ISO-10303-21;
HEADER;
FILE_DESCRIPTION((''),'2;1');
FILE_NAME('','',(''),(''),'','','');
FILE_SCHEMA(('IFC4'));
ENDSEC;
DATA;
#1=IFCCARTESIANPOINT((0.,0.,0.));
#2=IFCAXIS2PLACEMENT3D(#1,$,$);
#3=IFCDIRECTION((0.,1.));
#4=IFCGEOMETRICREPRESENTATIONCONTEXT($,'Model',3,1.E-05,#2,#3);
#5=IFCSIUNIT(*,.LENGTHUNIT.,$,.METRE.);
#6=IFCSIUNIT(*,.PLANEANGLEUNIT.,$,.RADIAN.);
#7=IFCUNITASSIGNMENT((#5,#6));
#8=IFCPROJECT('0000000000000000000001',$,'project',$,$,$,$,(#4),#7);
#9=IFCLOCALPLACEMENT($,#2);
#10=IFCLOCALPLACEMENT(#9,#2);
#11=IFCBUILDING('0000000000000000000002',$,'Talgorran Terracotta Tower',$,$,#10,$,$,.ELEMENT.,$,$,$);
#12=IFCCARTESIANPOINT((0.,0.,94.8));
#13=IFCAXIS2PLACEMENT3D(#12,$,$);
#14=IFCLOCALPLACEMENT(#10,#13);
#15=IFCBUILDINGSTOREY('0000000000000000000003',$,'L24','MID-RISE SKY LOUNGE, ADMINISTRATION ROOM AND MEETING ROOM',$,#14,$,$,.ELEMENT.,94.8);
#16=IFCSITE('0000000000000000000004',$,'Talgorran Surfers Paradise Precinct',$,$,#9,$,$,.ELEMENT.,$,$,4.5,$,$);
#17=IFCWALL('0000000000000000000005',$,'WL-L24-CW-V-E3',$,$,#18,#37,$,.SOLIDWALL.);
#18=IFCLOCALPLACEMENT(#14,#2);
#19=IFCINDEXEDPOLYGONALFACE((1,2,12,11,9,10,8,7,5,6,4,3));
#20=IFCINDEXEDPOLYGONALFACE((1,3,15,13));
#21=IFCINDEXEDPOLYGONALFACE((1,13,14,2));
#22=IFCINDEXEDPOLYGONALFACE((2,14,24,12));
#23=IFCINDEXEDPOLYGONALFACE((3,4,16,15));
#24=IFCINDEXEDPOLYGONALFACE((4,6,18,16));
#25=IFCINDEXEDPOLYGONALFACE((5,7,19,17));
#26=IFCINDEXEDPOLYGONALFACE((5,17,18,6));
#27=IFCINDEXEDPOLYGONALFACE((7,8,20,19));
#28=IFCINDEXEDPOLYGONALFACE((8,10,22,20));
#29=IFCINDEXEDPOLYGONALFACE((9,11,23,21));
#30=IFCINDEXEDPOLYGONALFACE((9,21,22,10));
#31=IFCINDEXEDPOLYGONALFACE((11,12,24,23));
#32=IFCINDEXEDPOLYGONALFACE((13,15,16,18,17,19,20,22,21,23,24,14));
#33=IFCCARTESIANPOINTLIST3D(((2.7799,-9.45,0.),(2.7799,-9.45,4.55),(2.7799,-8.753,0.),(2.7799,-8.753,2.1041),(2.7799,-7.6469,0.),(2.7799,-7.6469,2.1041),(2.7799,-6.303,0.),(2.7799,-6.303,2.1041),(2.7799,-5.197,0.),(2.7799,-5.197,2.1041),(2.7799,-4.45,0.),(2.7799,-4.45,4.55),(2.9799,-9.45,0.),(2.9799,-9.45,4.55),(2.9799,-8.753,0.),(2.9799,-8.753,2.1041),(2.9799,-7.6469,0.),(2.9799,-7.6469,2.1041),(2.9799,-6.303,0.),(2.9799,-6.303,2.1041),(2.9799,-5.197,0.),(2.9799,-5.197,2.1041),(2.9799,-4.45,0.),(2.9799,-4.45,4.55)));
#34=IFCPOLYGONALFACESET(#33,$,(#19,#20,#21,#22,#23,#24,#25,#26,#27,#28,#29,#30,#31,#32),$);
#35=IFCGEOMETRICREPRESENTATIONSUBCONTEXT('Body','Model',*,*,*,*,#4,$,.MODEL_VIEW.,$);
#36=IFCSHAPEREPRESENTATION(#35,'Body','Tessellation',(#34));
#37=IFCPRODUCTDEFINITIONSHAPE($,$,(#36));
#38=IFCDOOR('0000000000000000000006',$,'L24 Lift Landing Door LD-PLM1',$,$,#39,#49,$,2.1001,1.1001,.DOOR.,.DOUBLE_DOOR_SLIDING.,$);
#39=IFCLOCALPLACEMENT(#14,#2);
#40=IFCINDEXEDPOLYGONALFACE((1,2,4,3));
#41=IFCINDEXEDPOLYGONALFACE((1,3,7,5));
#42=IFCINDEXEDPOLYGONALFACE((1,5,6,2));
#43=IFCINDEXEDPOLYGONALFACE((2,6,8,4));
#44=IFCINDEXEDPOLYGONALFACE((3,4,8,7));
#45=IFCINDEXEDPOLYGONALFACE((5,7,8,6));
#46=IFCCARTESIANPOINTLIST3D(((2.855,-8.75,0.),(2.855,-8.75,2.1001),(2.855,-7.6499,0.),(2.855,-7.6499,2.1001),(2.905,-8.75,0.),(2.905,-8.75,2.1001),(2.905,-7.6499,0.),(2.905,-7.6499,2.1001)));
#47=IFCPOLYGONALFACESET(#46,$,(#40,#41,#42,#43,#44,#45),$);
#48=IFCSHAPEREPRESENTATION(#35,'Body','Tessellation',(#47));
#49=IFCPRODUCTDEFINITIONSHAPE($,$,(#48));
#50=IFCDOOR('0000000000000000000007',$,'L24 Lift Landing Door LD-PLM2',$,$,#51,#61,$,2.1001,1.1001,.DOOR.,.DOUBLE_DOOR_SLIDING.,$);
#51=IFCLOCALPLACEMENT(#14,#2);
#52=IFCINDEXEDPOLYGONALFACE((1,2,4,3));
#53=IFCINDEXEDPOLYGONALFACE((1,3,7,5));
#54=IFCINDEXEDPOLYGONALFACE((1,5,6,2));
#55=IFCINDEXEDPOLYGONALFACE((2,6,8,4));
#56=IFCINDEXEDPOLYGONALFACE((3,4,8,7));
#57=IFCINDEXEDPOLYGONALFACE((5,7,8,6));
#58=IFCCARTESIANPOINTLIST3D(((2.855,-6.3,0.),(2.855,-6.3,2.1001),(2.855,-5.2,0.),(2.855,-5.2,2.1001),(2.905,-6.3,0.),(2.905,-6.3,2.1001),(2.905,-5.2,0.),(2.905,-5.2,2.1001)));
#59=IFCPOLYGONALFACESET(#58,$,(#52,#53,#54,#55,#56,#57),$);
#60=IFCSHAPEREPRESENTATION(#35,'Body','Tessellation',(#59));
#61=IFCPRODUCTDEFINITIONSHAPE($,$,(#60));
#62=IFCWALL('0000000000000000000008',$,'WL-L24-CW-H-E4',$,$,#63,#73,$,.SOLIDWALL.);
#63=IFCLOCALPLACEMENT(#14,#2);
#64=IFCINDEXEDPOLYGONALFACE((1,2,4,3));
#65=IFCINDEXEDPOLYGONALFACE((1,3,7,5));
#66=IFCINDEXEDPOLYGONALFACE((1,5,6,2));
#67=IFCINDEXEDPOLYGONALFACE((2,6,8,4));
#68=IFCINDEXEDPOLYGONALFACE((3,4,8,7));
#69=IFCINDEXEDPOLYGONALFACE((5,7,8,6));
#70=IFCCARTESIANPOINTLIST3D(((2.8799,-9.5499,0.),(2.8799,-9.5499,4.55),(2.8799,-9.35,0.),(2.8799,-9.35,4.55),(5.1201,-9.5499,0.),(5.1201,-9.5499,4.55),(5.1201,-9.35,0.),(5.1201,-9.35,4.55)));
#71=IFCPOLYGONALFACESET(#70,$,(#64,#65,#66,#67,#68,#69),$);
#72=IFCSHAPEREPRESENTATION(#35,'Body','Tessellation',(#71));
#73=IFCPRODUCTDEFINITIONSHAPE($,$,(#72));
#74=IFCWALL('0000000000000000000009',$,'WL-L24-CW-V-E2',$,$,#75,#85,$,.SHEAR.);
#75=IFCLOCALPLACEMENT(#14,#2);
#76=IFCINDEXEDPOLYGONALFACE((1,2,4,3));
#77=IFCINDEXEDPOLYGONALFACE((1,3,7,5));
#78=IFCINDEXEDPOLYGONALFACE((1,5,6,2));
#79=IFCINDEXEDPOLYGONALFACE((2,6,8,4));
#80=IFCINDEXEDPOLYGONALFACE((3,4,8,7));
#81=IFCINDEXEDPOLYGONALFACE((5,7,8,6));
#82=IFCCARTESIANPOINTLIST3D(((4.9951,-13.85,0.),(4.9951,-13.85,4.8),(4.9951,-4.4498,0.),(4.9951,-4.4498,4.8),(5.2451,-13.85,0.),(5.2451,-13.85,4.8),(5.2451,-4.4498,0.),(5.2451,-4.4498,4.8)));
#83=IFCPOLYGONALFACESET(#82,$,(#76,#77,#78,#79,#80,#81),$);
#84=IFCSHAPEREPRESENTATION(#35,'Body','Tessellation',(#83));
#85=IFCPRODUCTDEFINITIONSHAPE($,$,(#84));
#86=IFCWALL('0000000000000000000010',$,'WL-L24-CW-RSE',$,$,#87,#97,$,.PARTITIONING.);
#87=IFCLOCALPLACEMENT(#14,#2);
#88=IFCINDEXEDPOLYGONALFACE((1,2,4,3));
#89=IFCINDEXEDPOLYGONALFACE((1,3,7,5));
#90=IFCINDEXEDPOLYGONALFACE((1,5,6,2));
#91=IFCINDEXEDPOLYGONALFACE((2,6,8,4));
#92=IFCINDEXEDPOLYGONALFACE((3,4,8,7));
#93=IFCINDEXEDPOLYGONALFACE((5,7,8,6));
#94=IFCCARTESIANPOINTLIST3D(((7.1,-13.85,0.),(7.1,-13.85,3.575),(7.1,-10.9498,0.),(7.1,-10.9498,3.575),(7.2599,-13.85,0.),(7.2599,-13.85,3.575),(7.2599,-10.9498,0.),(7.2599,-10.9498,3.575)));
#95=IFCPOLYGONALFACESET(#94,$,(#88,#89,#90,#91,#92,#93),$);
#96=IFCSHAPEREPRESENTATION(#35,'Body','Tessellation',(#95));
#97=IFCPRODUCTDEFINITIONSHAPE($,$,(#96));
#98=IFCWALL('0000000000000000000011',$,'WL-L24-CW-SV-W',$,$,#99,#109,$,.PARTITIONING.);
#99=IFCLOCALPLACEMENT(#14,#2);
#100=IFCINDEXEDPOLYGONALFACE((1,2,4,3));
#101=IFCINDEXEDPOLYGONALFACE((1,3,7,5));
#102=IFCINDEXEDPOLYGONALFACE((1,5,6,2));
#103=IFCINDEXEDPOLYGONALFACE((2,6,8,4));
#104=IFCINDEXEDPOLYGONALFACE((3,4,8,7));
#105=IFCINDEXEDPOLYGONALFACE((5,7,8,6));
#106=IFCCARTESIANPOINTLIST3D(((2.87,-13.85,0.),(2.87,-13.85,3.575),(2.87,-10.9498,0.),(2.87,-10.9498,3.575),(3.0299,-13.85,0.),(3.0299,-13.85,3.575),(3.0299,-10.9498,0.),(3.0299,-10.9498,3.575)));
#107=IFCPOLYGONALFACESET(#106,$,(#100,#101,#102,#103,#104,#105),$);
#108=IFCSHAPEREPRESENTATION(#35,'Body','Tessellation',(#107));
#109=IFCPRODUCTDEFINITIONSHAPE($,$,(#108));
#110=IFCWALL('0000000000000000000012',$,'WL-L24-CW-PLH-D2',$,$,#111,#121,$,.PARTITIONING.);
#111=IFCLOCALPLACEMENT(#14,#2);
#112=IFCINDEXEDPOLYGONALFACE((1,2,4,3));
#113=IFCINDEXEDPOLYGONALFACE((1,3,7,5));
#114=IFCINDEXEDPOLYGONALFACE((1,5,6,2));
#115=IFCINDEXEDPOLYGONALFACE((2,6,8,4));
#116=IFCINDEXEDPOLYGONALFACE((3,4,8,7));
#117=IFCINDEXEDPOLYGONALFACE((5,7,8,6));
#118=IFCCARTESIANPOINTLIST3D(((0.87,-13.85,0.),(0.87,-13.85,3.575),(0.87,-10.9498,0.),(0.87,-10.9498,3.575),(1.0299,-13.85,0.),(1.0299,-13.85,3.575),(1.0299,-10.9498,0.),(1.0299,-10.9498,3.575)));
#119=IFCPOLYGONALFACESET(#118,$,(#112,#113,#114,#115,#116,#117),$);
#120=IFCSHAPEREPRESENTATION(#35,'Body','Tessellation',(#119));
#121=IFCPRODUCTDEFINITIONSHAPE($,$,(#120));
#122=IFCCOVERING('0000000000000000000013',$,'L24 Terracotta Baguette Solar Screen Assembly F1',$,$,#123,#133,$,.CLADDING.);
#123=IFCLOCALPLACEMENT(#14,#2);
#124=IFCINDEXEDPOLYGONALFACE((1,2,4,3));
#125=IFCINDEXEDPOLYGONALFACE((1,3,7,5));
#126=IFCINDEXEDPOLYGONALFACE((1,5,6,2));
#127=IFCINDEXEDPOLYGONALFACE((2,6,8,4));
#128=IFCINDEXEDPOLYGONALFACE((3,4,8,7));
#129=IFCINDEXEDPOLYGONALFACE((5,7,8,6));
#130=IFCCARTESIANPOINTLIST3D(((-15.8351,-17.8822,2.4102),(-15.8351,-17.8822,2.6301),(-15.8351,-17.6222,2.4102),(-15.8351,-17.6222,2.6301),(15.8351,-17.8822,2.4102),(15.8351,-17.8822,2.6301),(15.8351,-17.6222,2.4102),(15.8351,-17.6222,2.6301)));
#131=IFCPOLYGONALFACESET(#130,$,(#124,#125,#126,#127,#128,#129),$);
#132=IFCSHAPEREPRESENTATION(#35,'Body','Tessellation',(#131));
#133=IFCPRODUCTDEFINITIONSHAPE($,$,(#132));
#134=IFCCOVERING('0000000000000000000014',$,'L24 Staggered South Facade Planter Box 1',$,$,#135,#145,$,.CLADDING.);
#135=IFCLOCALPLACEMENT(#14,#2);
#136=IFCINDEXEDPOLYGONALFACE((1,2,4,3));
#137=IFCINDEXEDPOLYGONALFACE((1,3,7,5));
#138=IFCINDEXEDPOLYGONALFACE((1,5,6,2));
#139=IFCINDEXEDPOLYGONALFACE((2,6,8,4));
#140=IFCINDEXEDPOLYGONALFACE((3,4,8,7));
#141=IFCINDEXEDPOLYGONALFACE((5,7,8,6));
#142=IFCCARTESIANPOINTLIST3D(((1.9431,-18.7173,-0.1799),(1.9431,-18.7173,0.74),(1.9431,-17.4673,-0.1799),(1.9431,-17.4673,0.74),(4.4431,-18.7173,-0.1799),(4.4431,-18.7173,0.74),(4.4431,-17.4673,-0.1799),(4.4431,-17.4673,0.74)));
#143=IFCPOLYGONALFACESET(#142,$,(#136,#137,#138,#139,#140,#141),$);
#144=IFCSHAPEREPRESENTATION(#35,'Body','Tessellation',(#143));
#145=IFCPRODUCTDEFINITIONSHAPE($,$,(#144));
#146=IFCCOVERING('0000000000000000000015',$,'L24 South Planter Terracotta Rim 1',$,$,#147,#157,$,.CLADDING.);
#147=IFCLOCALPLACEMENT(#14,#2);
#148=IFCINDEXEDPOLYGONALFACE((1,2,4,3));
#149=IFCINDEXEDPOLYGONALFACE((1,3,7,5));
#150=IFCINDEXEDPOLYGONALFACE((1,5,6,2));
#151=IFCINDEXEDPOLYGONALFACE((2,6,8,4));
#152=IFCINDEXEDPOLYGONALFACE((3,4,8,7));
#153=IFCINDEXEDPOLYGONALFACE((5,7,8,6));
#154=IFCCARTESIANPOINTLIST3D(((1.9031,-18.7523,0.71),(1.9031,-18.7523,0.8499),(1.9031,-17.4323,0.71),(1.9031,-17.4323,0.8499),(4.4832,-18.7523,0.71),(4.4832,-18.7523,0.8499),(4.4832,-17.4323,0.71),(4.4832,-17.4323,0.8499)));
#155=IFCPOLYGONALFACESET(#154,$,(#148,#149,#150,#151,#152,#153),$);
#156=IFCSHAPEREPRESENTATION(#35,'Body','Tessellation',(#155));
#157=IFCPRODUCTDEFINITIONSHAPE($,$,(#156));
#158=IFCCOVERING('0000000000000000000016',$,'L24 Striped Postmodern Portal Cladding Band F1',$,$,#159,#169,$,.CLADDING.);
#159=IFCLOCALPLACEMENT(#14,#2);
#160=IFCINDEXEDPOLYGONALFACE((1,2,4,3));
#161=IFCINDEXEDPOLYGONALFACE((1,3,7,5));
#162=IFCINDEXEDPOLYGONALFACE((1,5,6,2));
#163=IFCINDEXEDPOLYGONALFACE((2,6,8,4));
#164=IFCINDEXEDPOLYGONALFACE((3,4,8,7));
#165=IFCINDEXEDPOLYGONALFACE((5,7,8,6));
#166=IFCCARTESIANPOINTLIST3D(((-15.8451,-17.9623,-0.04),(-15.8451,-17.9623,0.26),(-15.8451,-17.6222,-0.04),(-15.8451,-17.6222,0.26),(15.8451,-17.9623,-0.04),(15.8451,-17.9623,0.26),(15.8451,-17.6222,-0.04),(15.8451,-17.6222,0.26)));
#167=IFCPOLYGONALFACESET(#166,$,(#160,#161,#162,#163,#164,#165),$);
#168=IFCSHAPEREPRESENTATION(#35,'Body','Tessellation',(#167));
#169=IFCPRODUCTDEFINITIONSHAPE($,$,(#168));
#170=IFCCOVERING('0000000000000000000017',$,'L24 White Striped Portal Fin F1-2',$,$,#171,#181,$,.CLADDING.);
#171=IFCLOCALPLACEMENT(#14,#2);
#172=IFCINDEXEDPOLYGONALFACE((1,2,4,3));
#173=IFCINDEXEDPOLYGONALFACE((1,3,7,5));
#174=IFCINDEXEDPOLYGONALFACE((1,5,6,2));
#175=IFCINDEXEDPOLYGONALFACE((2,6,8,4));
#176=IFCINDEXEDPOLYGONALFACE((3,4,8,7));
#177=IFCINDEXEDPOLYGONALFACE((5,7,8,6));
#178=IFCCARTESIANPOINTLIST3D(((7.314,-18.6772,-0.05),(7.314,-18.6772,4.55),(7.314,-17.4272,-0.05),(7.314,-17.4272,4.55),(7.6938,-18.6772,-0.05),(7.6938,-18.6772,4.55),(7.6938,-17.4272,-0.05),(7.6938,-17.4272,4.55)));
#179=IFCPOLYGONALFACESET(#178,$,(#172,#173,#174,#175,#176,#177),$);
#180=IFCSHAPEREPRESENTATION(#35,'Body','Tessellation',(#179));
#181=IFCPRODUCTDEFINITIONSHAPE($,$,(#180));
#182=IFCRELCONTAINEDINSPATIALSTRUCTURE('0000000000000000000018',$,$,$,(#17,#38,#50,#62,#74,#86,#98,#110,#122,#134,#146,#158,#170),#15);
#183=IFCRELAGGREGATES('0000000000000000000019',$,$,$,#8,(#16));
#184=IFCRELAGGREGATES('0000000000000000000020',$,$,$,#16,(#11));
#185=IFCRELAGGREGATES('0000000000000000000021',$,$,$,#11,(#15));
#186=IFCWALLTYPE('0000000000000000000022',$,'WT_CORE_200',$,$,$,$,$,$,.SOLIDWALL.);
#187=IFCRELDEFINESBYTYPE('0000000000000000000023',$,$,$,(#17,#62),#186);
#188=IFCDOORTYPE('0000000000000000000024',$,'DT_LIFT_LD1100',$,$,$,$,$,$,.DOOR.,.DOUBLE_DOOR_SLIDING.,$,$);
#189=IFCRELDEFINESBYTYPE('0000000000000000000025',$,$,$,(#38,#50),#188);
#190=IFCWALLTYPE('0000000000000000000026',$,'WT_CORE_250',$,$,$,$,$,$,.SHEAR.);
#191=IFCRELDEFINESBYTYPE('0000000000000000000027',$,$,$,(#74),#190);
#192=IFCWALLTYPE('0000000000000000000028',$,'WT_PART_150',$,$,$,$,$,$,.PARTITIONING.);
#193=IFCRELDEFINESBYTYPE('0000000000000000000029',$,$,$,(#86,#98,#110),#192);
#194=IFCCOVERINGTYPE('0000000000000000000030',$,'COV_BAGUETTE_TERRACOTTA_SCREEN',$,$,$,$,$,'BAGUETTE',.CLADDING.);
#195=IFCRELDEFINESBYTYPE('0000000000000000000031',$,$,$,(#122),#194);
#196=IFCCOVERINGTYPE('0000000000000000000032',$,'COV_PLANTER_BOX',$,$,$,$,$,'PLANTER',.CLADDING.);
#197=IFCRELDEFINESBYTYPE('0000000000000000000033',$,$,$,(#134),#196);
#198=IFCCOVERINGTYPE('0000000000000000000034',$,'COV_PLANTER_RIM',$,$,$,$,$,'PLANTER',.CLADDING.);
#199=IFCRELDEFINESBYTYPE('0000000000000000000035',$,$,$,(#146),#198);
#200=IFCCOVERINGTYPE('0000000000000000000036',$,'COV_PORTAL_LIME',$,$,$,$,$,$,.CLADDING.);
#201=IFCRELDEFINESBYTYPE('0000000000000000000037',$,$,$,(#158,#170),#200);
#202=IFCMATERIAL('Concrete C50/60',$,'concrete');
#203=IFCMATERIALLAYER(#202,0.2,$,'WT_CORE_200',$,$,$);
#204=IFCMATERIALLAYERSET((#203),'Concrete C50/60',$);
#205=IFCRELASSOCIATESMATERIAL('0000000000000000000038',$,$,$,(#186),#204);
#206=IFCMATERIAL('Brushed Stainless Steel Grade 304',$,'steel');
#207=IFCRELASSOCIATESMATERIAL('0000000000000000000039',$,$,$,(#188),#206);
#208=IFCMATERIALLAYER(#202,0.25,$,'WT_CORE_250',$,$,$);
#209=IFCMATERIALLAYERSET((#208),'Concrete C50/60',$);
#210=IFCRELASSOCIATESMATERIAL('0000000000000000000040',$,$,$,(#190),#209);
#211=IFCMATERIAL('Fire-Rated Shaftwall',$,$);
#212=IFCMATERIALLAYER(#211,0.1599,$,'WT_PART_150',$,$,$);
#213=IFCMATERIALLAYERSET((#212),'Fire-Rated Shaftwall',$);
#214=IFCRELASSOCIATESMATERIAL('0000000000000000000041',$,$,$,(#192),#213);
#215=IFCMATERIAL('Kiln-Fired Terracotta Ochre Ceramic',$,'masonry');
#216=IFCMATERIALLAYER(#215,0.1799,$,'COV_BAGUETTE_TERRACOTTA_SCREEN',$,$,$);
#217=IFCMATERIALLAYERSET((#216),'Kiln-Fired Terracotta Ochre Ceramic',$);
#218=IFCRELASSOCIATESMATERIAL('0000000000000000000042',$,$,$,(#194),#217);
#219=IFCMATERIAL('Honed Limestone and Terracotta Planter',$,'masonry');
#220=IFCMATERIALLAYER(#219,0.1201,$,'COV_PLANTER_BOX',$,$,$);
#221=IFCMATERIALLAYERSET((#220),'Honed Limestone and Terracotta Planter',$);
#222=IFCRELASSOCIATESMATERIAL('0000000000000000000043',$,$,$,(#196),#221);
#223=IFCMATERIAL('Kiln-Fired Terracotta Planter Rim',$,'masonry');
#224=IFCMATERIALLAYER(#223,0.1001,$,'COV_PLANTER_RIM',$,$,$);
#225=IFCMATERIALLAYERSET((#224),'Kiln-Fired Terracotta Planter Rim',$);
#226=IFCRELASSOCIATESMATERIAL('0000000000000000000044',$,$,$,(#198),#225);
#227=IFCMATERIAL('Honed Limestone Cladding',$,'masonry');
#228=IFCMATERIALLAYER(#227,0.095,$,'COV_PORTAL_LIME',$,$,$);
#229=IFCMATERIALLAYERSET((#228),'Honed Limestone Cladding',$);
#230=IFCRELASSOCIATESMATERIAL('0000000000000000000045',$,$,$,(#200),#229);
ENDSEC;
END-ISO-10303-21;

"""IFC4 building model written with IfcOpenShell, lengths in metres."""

from ifc_helpers import new_model, si_unit, direction, frame, frame_2d, origin, origin_2d, place, context, subcontext, project, spatial, rectangle, extrude, material, layer, layer_set, type_object, element, fill, save


model = new_model("IFC4")

# Units and contexts
model_context = context("Model", 3, precision=1e-05, world=origin(), true_north=direction((0.0, 1.0)))
body_context = subcontext(model_context, "Body", "Model", "MODEL_VIEW")
ifc_project = project(units=[si_unit("LENGTHUNIT", "METRE"), si_unit("PLANEANGLEUNIT", "RADIAN")], contexts=[model_context])

# Site, building, storey
site_placement = place(None, origin())
site = spatial("IfcSite", under=ifc_project, at=site_placement, Name="Talgorran Surfers Paradise Precinct", CompositionType="ELEMENT", RefElevation=4.5)
building_placement = place(site_placement, origin())
building = spatial("IfcBuilding", under=site, at=building_placement, Name="Talgorran Terracotta Tower", CompositionType="ELEMENT")
storey_placement = place(building_placement, frame((0.0, 0.0, 94.8)))
storey = spatial("IfcBuildingStorey", under=building, at=storey_placement, Name="L24", Description="MID-RISE SKY LOUNGE, ADMINISTRATION ROOM AND MEETING ROOM", CompositionType="ELEMENT", Elevation=94.8)

# Wall, openings, doors
ifc_material_1 = material(Name="Concrete C50/60", Category="concrete")
ifc_layer_1 = layer(ifc_material_1, 0.2, Name="WT_CORE_200")
ifc_layer_set_1 = layer_set([ifc_layer_1], Name="Concrete C50/60")
wall_type_1 = type_object("IfcWallType", Name="WT_CORE_200", PredefinedType="SOLIDWALL", material=ifc_layer_set_1)
ifc_material_2 = material(Name="Brushed Stainless Steel Grade 304", Category="steel")
door_type_1 = type_object("IfcDoorType", Name="DT_LIFT_LD1100", OperationType="DOUBLE_DOOR_SLIDING", PredefinedType="DOOR", material=ifc_material_2)
wall_1_placement = place(storey_placement, frame((2.8799, -9.45, 0.0), z_axis=(0.0, 0.0, 1.0), x_axis=(0.0, 1.0, 0.0)))
wall_1 = element("IfcWall", 1, at=wall_1_placement, inside=storey, type_object=wall_type_1, Name="WL-L24-CW-V-E3", PredefinedType="SOLIDWALL", context=body_context, shape_type="SweptSolid", body=[
    extrude(rectangle(XDim=5.0, YDim=0.2, at=frame_2d((2.5, 0.0))), origin(), (0.0, 0.0, 1.0), 4.55),
])
opening_1_placement = place(wall_1_placement, frame((0.7, 0.0, 0.0)))
opening_1 = element("IfcOpeningElement", 2, at=opening_1_placement, cuts=wall_1, PredefinedType="OPENING", context=body_context, shape_type="SweptSolid", body=[
    extrude(rectangle(XDim=1.1061, YDim=2.1041, at=frame_2d((0.55, 1.052))), frame((0.0, 0.1099, 0.0), z_axis=(0.0, -1.0, 0.0), x_axis=(1.0, 0.0, 0.0)), (0.0, 0.0, 1.0), 0.22),
])
opening_2_placement = place(wall_1_placement, frame((3.1499, 0.0, 0.0)))
opening_2 = element("IfcOpeningElement", 3, at=opening_2_placement, cuts=wall_1, PredefinedType="OPENING", context=body_context, shape_type="SweptSolid", body=[
    extrude(rectangle(XDim=1.1061, YDim=2.1041, at=frame_2d((0.55, 1.052))), frame((0.0, 0.1099, 0.0), z_axis=(0.0, -1.0, 0.0), x_axis=(1.0, 0.0, 0.0)), (0.0, 0.0, 1.0), 0.22),
])
door_1_placement = place(opening_1_placement, origin())
door_1 = element("IfcDoor", 4, at=door_1_placement, inside=storey, type_object=door_type_1, Name="L24 Lift Landing Door LD-PLM1", OperationType="DOUBLE_DOOR_SLIDING", OverallHeight=2.1001, OverallWidth=1.1001, PredefinedType="DOOR", context=body_context, shape_type="SweptSolid", body=[
    extrude(rectangle(XDim=1.1001, YDim=2.1001, at=frame_2d((0.55, 1.05))), frame((0.0, 0.0249, 0.0), z_axis=(0.0, -1.0, 0.0), x_axis=(1.0, 0.0, 0.0)), (0.0, 0.0, 1.0), 0.05),
])
fill(opening_1, door_1)
door_2_placement = place(opening_2_placement, origin())
door_2 = element("IfcDoor", 5, at=door_2_placement, inside=storey, type_object=door_type_1, Name="L24 Lift Landing Door LD-PLM2", OperationType="DOUBLE_DOOR_SLIDING", OverallHeight=2.1001, OverallWidth=1.1001, PredefinedType="DOOR", context=body_context, shape_type="SweptSolid", body=[
    extrude(rectangle(XDim=1.1001, YDim=2.1001, at=frame_2d((0.55, 1.05))), frame((0.0, 0.0249, 0.0), z_axis=(0.0, -1.0, 0.0), x_axis=(1.0, 0.0, 0.0)), (0.0, 0.0, 1.0), 0.05),
])
fill(opening_2, door_2)

# Walls
wall_2_placement = place(storey_placement, frame((2.8799, -9.45, 0.0), z_axis=(0.0, 0.0, 1.0), x_axis=(1.0, 0.0, 0.0)))
element("IfcWall", 6, at=wall_2_placement, inside=storey, type_object=wall_type_1, Name="WL-L24-CW-H-E4", PredefinedType="SOLIDWALL", context=body_context, shape_type="SweptSolid", body=[
    extrude(rectangle(XDim=2.2402, YDim=0.2, at=frame_2d((1.1201, 0.0))), origin(), (0.0, 0.0, 1.0), 4.55),
])
ifc_layer_2 = layer(ifc_material_1, 0.25, Name="WT_CORE_250")
ifc_layer_set_2 = layer_set([ifc_layer_2], Name="Concrete C50/60")
wall_type_2 = type_object("IfcWallType", Name="WT_CORE_250", PredefinedType="SHEAR", material=ifc_layer_set_2)
wall_3_placement = place(storey_placement, frame((5.1201, -13.8501, 0.0), z_axis=(0.0, 0.0, 1.0), x_axis=(0.0, 1.0, 0.0)))
element("IfcWall", 7, at=wall_3_placement, inside=storey, type_object=wall_type_2, Name="WL-L24-CW-V-E2", PredefinedType="SHEAR", context=body_context, shape_type="SweptSolid", body=[
    extrude(rectangle(XDim=9.4001, YDim=0.25, at=frame_2d((4.7002, 0.0))), origin(), (0.0, 0.0, 1.0), 4.8),
])
ifc_material_3 = material(Name="Fire-Rated Shaftwall")
ifc_layer_3 = layer(ifc_material_3, 0.1599, Name="WT_PART_150")
ifc_layer_set_3 = layer_set([ifc_layer_3], Name="Fire-Rated Shaftwall")
wall_type_3 = type_object("IfcWallType", Name="WT_PART_150", PredefinedType="PARTITIONING", material=ifc_layer_set_3)
for number, where, z_axis, x_axis, name in (
    (8, (7.1799, -13.8501, 0.0), (0.0, 0.0, 1.0), (0.0, 1.0, 0.0), "WL-L24-CW-RSE"),
    (9, (2.95, -13.8501, 0.0), (0.0, 0.0, 1.0), (0.0, 1.0, 0.0), "WL-L24-CW-SV-W"),
    (10, (0.95, -13.8501, 0.0), (0.0, 0.0, 1.0), (0.0, 1.0, 0.0), "WL-L24-CW-PLH-D2"),
):
    element("IfcWall", number, at=place(storey_placement, frame(where, z_axis=z_axis, x_axis=x_axis)), inside=storey, type_object=wall_type_3, Name=name, PredefinedType="PARTITIONING", context=body_context, shape_type="SweptSolid", body=[
        extrude(rectangle(XDim=2.9001, YDim=0.1599, at=frame_2d((1.4502, 0.0))), origin(), (0.0, 0.0, 1.0), 3.575),
    ])

# Coverings
ifc_material_4 = material(Name="Kiln-Fired Terracotta Ochre Ceramic", Category="masonry")
ifc_layer_4 = layer(ifc_material_4, 0.1799, Name="COV_BAGUETTE_TERRACOTTA_SCREEN")
ifc_layer_set_4 = layer_set([ifc_layer_4], Name="Kiln-Fired Terracotta Ochre Ceramic")
covering_type_1 = type_object("IfcCoveringType", Name="COV_BAGUETTE_TERRACOTTA_SCREEN", ElementType="BAGUETTE", PredefinedType="CLADDING", material=ifc_layer_set_4)
covering_1_placement = place(storey_placement, frame((0.0, -17.7522, 2.4102), z_axis=(0.0, 0.0, 1.0), x_axis=(1.0, 0.0, 0.0)))
element("IfcCovering", 11, at=covering_1_placement, inside=storey, type_object=covering_type_1, Name="L24 Terracotta Baguette Solar Screen Assembly F1", PredefinedType="CLADDING", context=body_context, shape_type="SweptSolid", body=[
    extrude(rectangle(XDim=31.6702, YDim=0.26, at=origin_2d()), origin(), (0.0, 0.0, 1.0), 0.22),
])
ifc_material_5 = material(Name="Honed Limestone and Terracotta Planter", Category="masonry")
ifc_layer_5 = layer(ifc_material_5, 0.1201, Name="COV_PLANTER_BOX")
ifc_layer_set_5 = layer_set([ifc_layer_5], Name="Honed Limestone and Terracotta Planter")
covering_type_2 = type_object("IfcCoveringType", Name="COV_PLANTER_BOX", ElementType="PLANTER", PredefinedType="CLADDING", material=ifc_layer_set_5)
covering_2_placement = place(storey_placement, frame((3.1931, -18.0923, -0.1799), z_axis=(0.0, 0.0, 1.0), x_axis=(1.0, 0.0, 0.0)))
element("IfcCovering", 12, at=covering_2_placement, inside=storey, type_object=covering_type_2, Name="L24 Staggered South Facade Planter Box 1", PredefinedType="CLADDING", context=body_context, shape_type="SweptSolid", body=[
    extrude(rectangle(XDim=2.5, YDim=1.25, at=origin_2d()), origin(), (0.0, 0.0, 1.0), 0.9199),
])
ifc_material_6 = material(Name="Kiln-Fired Terracotta Planter Rim", Category="masonry")
ifc_layer_6 = layer(ifc_material_6, 0.1001, Name="COV_PLANTER_RIM")
ifc_layer_set_6 = layer_set([ifc_layer_6], Name="Kiln-Fired Terracotta Planter Rim")
covering_type_3 = type_object("IfcCoveringType", Name="COV_PLANTER_RIM", ElementType="PLANTER", PredefinedType="CLADDING", material=ifc_layer_set_6)
covering_3_placement = place(storey_placement, frame((3.1931, -18.0923, 0.71), z_axis=(0.0, 0.0, 1.0), x_axis=(1.0, 0.0, 0.0)))
element("IfcCovering", 13, at=covering_3_placement, inside=storey, type_object=covering_type_3, Name="L24 South Planter Terracotta Rim 1", PredefinedType="CLADDING", context=body_context, shape_type="SweptSolid", body=[
    extrude(rectangle(XDim=2.5801, YDim=1.3201, at=origin_2d()), origin(), (0.0, 0.0, 1.0), 0.1399),
])
ifc_material_7 = material(Name="Honed Limestone Cladding", Category="masonry")
ifc_layer_7 = layer(ifc_material_7, 0.095, Name="COV_PORTAL_LIME")
ifc_layer_set_7 = layer_set([ifc_layer_7], Name="Honed Limestone Cladding")
covering_type_4 = type_object("IfcCoveringType", Name="COV_PORTAL_LIME", PredefinedType="CLADDING", material=ifc_layer_set_7)
covering_4_placement = place(storey_placement, frame((0.0, -17.7922, -0.04), z_axis=(0.0, 0.0, 1.0), x_axis=(1.0, 0.0, 0.0)))
element("IfcCovering", 14, at=covering_4_placement, inside=storey, type_object=covering_type_4, Name="L24 Striped Postmodern Portal Cladding Band F1", PredefinedType="CLADDING", context=body_context, shape_type="SweptSolid", body=[
    extrude(rectangle(XDim=31.6902, YDim=0.3401, at=origin_2d()), origin(), (0.0, 0.0, 1.0), 0.3),
])
covering_5_placement = place(storey_placement, frame((7.5039, -18.0522, -0.05), z_axis=(0.0, 0.0, 1.0), x_axis=(1.0, 0.0, 0.0)))
element("IfcCovering", 15, at=covering_5_placement, inside=storey, type_object=covering_type_4, Name="L24 White Striped Portal Fin F1-2", PredefinedType="CLADDING", context=body_context, shape_type="SweptSolid", body=[
    extrude(rectangle(XDim=0.3799, YDim=1.25, at=origin_2d()), origin(), (0.0, 0.0, 1.0), 4.6001),
])

save(model, "model.ifc")
